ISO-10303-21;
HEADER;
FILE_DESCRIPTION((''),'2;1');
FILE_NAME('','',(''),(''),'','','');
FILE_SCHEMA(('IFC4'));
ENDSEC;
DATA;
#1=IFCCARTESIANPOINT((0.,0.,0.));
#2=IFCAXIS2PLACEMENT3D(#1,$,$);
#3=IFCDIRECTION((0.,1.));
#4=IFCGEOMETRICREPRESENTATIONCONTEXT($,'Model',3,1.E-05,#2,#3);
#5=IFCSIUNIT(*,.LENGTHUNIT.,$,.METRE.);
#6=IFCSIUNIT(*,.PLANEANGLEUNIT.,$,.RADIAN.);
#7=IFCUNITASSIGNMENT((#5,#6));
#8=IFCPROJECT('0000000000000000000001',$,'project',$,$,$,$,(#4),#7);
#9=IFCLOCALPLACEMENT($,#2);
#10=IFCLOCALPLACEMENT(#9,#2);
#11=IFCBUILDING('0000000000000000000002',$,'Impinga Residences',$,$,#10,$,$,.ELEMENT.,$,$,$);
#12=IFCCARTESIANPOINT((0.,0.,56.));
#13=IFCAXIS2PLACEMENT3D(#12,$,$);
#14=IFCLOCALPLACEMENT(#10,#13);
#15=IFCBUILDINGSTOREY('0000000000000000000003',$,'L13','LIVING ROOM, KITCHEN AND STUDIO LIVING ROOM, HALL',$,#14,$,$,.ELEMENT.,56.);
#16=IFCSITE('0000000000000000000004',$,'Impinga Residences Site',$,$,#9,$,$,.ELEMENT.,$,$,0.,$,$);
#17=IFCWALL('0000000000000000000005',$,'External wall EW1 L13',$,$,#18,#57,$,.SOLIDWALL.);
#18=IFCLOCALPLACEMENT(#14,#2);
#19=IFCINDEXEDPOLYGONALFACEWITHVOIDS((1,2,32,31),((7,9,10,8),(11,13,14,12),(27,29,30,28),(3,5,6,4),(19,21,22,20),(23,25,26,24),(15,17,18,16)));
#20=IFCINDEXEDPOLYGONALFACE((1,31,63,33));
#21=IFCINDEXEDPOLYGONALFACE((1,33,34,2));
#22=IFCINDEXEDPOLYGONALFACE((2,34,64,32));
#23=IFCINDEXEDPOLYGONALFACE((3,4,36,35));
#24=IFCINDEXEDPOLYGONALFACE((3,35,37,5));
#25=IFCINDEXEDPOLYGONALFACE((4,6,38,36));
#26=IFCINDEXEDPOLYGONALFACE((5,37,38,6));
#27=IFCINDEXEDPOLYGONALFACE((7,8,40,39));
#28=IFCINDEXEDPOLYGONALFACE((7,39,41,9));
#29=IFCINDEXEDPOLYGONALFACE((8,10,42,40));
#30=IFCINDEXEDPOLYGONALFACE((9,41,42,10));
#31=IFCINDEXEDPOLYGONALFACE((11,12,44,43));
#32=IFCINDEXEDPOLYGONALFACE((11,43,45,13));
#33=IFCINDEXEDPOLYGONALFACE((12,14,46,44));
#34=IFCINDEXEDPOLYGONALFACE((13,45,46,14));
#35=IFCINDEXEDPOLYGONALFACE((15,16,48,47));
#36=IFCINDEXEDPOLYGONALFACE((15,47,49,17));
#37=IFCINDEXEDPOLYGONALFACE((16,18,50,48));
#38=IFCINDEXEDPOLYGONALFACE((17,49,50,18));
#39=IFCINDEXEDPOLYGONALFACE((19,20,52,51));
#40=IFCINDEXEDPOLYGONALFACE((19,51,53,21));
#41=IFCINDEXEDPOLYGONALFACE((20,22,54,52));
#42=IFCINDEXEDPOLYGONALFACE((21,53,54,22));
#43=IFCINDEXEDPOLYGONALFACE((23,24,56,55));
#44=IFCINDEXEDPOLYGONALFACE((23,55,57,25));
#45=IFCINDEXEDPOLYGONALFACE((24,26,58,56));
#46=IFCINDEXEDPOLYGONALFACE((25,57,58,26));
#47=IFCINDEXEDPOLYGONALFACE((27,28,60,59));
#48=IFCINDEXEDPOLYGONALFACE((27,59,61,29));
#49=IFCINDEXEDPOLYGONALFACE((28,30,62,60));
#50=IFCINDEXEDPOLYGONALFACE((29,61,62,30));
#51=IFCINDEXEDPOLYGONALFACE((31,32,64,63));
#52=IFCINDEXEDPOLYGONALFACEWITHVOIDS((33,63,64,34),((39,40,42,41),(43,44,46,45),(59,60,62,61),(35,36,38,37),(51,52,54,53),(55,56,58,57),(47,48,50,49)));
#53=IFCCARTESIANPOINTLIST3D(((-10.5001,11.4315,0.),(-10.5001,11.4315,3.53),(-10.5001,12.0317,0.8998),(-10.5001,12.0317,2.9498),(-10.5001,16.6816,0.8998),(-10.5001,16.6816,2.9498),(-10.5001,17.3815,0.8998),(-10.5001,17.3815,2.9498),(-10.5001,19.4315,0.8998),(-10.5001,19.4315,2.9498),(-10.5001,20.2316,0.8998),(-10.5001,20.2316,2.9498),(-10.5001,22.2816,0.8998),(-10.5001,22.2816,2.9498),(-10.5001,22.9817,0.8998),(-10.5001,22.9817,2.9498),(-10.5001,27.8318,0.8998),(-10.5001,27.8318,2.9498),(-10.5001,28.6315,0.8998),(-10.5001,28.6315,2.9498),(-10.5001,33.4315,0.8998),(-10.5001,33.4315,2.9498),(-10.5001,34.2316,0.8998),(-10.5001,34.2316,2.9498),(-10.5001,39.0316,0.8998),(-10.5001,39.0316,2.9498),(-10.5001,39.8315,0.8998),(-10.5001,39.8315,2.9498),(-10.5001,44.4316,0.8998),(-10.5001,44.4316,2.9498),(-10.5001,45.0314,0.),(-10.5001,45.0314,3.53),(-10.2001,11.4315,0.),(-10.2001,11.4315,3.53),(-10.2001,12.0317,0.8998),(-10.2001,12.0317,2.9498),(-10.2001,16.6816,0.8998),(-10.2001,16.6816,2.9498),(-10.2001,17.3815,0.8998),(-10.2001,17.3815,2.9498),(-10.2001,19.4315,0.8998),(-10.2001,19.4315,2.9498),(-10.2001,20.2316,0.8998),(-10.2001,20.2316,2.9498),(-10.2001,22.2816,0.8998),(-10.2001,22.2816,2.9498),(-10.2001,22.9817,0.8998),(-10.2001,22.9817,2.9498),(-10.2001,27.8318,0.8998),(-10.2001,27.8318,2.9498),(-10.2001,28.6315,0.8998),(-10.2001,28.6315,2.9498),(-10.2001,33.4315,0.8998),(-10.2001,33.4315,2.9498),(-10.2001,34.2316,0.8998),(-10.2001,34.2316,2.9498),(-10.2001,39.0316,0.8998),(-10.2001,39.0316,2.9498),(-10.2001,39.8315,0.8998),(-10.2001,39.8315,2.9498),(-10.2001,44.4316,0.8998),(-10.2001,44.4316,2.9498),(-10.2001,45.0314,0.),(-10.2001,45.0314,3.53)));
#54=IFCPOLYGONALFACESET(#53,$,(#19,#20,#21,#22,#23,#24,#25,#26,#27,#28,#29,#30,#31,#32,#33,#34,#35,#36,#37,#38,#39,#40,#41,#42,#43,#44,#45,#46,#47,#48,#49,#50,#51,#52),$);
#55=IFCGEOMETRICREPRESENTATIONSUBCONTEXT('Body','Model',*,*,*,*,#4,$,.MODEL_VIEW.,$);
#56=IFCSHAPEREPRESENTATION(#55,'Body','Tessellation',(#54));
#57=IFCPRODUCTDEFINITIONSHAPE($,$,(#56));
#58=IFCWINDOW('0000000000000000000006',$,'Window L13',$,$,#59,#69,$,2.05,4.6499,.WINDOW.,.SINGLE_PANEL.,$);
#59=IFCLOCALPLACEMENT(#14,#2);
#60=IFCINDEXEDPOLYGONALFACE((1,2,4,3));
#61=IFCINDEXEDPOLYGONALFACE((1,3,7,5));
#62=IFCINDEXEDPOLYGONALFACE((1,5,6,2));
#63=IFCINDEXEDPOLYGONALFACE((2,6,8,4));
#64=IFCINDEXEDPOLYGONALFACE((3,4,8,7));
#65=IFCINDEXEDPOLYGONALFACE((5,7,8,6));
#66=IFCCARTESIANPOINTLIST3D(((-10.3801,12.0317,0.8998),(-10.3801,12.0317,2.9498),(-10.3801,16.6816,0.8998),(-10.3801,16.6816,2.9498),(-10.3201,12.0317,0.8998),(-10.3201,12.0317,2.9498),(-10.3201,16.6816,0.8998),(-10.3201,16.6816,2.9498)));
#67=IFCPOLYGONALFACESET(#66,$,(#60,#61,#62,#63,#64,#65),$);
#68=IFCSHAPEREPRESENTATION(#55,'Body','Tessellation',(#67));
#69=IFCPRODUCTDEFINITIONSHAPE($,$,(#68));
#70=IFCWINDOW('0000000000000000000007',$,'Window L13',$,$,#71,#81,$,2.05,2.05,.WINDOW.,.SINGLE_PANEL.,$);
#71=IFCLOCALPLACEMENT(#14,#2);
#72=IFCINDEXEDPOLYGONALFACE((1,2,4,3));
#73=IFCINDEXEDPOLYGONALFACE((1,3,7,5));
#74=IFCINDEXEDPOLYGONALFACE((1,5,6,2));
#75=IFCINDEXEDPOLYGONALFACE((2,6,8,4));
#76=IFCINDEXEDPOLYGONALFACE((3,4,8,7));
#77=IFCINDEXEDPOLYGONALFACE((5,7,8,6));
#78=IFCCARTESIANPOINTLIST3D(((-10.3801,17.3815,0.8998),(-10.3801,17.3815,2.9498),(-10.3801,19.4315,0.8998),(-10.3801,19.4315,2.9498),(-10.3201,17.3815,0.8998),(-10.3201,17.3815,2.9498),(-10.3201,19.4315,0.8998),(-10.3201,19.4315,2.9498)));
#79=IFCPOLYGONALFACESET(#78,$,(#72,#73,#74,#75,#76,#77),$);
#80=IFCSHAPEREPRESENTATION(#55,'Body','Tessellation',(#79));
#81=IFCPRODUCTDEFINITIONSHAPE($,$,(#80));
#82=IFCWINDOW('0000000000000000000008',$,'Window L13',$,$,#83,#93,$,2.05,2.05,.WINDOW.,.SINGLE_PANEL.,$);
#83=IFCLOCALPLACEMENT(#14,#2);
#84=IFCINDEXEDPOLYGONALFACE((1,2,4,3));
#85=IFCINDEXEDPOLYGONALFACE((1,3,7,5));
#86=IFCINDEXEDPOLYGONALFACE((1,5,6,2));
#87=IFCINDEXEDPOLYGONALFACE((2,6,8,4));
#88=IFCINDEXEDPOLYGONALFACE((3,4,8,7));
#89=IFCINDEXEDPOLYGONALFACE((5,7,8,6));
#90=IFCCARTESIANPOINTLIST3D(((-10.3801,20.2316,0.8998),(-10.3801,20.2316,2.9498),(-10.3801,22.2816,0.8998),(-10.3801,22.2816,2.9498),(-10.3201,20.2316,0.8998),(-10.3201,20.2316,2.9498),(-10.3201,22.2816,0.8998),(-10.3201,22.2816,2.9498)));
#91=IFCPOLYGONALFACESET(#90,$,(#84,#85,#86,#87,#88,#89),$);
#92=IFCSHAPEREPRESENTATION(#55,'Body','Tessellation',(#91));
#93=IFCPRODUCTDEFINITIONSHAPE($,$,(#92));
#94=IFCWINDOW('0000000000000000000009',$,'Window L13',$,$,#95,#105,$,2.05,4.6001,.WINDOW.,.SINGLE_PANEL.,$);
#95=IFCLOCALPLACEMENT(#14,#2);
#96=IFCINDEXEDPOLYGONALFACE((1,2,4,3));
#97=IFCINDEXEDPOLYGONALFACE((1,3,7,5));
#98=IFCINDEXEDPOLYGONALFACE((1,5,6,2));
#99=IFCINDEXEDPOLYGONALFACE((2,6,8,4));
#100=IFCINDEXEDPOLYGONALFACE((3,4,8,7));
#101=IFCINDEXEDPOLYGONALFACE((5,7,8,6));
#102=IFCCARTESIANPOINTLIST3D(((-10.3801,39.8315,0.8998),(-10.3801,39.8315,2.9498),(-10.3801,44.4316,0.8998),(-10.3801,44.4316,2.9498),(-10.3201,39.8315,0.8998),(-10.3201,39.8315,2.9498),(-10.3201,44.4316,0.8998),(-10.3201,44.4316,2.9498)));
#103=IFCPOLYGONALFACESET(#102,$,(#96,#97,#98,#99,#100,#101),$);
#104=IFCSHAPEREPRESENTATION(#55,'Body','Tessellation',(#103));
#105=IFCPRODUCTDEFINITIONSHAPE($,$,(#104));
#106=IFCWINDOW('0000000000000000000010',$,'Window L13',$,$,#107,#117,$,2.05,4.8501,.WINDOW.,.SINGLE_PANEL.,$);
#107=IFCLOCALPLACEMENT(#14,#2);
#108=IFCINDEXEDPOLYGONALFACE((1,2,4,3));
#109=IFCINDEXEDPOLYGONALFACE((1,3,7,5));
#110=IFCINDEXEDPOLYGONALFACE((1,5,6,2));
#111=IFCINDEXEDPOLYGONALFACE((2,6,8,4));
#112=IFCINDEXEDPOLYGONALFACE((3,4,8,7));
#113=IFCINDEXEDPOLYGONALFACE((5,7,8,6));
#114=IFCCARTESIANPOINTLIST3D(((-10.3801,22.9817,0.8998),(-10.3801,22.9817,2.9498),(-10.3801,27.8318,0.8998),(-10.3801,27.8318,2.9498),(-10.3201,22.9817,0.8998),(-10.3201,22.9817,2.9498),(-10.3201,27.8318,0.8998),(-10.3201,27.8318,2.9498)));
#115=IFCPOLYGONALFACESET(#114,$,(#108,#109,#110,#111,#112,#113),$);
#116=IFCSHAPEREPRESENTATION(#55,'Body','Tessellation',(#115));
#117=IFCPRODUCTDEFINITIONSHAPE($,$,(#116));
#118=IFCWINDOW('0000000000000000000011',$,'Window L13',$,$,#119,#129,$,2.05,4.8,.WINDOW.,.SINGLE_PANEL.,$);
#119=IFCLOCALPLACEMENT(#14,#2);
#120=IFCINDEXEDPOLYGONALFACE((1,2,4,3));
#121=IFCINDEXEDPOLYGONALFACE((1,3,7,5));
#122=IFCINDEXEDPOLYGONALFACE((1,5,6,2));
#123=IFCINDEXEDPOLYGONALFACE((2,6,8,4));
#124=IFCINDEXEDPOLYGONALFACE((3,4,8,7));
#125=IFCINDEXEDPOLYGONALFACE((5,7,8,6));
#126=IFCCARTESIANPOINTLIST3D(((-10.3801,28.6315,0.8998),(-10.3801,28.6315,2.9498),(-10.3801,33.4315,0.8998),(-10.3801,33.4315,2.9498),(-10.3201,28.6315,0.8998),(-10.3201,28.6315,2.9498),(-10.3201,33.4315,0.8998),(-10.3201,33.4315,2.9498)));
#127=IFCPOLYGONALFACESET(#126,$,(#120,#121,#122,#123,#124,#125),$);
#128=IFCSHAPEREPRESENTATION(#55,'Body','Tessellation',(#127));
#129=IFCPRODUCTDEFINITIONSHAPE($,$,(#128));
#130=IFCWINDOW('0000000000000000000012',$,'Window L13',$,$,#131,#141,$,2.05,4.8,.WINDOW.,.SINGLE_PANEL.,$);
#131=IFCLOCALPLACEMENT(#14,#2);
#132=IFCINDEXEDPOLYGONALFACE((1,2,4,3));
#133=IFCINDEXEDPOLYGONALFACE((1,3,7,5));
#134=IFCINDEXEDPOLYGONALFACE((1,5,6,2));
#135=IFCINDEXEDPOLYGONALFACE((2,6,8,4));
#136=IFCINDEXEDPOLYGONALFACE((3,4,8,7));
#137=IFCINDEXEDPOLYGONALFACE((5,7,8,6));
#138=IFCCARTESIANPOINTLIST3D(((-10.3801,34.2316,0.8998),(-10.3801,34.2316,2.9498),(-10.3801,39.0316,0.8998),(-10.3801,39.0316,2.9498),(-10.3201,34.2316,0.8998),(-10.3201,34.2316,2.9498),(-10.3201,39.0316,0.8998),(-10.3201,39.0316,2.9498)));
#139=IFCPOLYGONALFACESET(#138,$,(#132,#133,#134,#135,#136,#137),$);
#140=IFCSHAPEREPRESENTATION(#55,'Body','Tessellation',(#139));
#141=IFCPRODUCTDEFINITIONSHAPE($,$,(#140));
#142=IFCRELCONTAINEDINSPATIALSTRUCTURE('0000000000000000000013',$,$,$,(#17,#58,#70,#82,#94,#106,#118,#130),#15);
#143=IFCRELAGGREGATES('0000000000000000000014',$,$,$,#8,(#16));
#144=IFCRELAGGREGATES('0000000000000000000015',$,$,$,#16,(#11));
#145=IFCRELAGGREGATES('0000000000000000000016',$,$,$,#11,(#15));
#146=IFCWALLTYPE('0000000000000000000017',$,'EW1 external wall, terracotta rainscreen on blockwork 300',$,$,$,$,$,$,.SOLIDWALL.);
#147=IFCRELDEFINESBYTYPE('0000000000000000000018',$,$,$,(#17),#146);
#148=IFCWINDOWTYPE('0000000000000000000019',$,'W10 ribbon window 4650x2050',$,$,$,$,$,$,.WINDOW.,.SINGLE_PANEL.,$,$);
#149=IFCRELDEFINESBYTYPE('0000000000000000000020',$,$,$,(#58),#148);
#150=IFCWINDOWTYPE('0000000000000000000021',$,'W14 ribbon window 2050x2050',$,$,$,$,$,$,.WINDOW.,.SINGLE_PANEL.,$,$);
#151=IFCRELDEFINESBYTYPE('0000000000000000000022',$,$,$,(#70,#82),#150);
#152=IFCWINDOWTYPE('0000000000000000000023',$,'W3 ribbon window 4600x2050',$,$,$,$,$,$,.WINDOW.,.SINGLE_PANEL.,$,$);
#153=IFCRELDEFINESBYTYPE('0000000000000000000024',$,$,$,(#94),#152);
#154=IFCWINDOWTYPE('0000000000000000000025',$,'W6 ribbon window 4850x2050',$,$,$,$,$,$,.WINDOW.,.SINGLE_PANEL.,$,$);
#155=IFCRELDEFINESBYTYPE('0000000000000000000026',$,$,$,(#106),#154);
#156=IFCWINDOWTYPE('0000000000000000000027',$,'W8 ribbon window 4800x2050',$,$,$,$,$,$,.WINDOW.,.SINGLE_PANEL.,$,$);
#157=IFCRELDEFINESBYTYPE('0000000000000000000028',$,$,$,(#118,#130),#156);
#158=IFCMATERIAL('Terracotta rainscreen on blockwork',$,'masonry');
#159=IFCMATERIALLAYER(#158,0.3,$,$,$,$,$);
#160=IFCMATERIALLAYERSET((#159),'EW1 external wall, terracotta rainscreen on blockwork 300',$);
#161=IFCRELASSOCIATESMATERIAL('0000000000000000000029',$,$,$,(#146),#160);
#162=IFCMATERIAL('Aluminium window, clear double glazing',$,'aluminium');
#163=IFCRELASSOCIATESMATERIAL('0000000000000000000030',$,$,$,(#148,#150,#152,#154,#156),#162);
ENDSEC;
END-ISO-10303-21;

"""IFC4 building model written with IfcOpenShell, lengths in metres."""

from ifc_helpers import new_model, si_unit, direction, frame, frame_2d, origin, place, context, subcontext, project, spatial, rectangle, extrude, material, layer, layer_set, type_object, element, fill, save


model = new_model("IFC4")

# Units and contexts
model_context = context("Model", 3, precision=1e-05, world=origin(), true_north=direction((0.0, 1.0)))
body_context = subcontext(model_context, "Body", "Model", "MODEL_VIEW")
ifc_project = project(units=[si_unit("LENGTHUNIT", "METRE"), si_unit("PLANEANGLEUNIT", "RADIAN")], contexts=[model_context])

# Site, building, storey
site_placement = place(None, origin())
site = spatial("IfcSite", under=ifc_project, at=site_placement, Name="Impinga Residences Site", CompositionType="ELEMENT", RefElevation=0.0)
building_placement = place(site_placement, origin())
building = spatial("IfcBuilding", under=site, at=building_placement, Name="Impinga Residences", CompositionType="ELEMENT")
storey_placement = place(building_placement, frame((0.0, 0.0, 56.0)))
storey = spatial("IfcBuildingStorey", under=building, at=storey_placement, Name="L13", Description="LIVING ROOM, KITCHEN AND STUDIO LIVING ROOM, HALL", CompositionType="ELEMENT", Elevation=56.0)

# Shared definitions
ifc_material_1 = material(Name="Terracotta rainscreen on blockwork", Category="masonry")
ifc_layer_1 = layer(ifc_material_1, 0.3)
ifc_layer_set_1 = layer_set([ifc_layer_1], Name="EW1 external wall, terracotta rainscreen on blockwork 300")
wall_type_1 = type_object("IfcWallType", Name="EW1 external wall, terracotta rainscreen on blockwork 300", PredefinedType="SOLIDWALL", material=ifc_layer_set_1)

# Wall, openings, windows
wall_1_placement = place(storey_placement, frame((-10.3501, 11.4316, 0.0), z_axis=(0.0, 0.0, 1.0), x_axis=(0.0, 1.0, 0.0)))
wall_1 = element("IfcWall", 1, at=wall_1_placement, inside=storey, type_object=wall_type_1, Name="External wall EW1 L13", PredefinedType="SOLIDWALL", context=body_context, shape_type="SweptSolid", body=[
    extrude(rectangle(XDim=33.5999, YDim=0.3, at=frame_2d((16.7998, 0.0))), origin(), (0.0, 0.0, 1.0), 3.53),
])
opening_1_placement = place(wall_1_placement, frame((0.6001, 0.0, 0.8999)))
opening_1 = element("IfcOpeningElement", 2, at=opening_1_placement, cuts=wall_1, PredefinedType="OPENING", context=body_context, shape_type="SweptSolid", body=[
    extrude(rectangle(XDim=4.6499, YDim=2.05, at=frame_2d((2.325, 1.0249))), frame((0.0, 0.1599, 0.0), z_axis=(0.0, -1.0, 0.0), x_axis=(1.0, 0.0, 0.0)), (0.0, 0.0, 1.0), 0.3201),
])
opening_2_placement = place(wall_1_placement, frame((5.95, 0.0, 0.8999)))
opening_2 = element("IfcOpeningElement", 3, at=opening_2_placement, cuts=wall_1, PredefinedType="OPENING", context=body_context, shape_type="SweptSolid", body=[
    extrude(rectangle(XDim=2.05, YDim=2.05, at=frame_2d((1.0249, 1.0249))), frame((0.0, 0.1599, 0.0), z_axis=(0.0, -1.0, 0.0), x_axis=(1.0, 0.0, 0.0)), (0.0, 0.0, 1.0), 0.3201),
])
opening_3_placement = place(wall_1_placement, frame((8.8, 0.0, 0.8999)))
opening_3 = element("IfcOpeningElement", 4, at=opening_3_placement, cuts=wall_1, PredefinedType="OPENING", context=body_context, shape_type="SweptSolid", body=[
    extrude(rectangle(XDim=2.05, YDim=2.05, at=frame_2d((1.0249, 1.0249))), frame((0.0, 0.1599, 0.0), z_axis=(0.0, -1.0, 0.0), x_axis=(1.0, 0.0, 0.0)), (0.0, 0.0, 1.0), 0.3201),
])
opening_4_placement = place(wall_1_placement, frame((11.55, 0.0, 0.8999)))
opening_4 = element("IfcOpeningElement", 5, at=opening_4_placement, cuts=wall_1, PredefinedType="OPENING", context=body_context, shape_type="SweptSolid", body=[
    extrude(rectangle(XDim=4.8501, YDim=2.05, at=frame_2d((2.425, 1.0249))), frame((0.0, 0.1599, 0.0), z_axis=(0.0, -1.0, 0.0), x_axis=(1.0, 0.0, 0.0)), (0.0, 0.0, 1.0), 0.3201),
])
opening_5_placement = place(wall_1_placement, frame((17.2, 0.0, 0.8999)))
opening_5 = element("IfcOpeningElement", 6, at=opening_5_placement, cuts=wall_1, PredefinedType="OPENING", context=body_context, shape_type="SweptSolid", body=[
    extrude(rectangle(XDim=4.8, YDim=2.05, at=frame_2d((2.3999, 1.0249))), frame((0.0, 0.1599, 0.0), z_axis=(0.0, -1.0, 0.0), x_axis=(1.0, 0.0, 0.0)), (0.0, 0.0, 1.0), 0.3201),
])
opening_6_placement = place(wall_1_placement, frame((22.8, 0.0, 0.8999)))
opening_6 = element("IfcOpeningElement", 7, at=opening_6_placement, cuts=wall_1, PredefinedType="OPENING", context=body_context, shape_type="SweptSolid", body=[
    extrude(rectangle(XDim=4.8, YDim=2.05, at=frame_2d((2.3999, 1.0249))), frame((0.0, 0.1599, 0.0), z_axis=(0.0, -1.0, 0.0), x_axis=(1.0, 0.0, 0.0)), (0.0, 0.0, 1.0), 0.3201),
])
opening_7_placement = place(wall_1_placement, frame((28.3999, 0.0, 0.8999)))
opening_7 = element("IfcOpeningElement", 8, at=opening_7_placement, cuts=wall_1, PredefinedType="OPENING", context=body_context, shape_type="SweptSolid", body=[
    extrude(rectangle(XDim=4.6001, YDim=2.05, at=frame_2d((2.3, 1.0249))), frame((0.0, 0.1599, 0.0), z_axis=(0.0, -1.0, 0.0), x_axis=(1.0, 0.0, 0.0)), (0.0, 0.0, 1.0), 0.3201),
])
ifc_material_2 = material(Name="Aluminium window, clear double glazing", Category="aluminium")
window_type_1 = type_object("IfcWindowType", Name="W10 ribbon window 4650x2050", PartitioningType="SINGLE_PANEL", PredefinedType="WINDOW", material=ifc_material_2)
window_1_placement = place(opening_1_placement, origin())
window_1 = element("IfcWindow", 9, at=window_1_placement, inside=storey, type_object=window_type_1, Name="Window L13", OverallHeight=2.05, OverallWidth=4.6499, PartitioningType="SINGLE_PANEL", PredefinedType="WINDOW", context=body_context, shape_type="SweptSolid", body=[
    extrude(rectangle(XDim=4.6499, YDim=2.05, at=frame_2d((2.325, 1.0249))), frame((0.0, 0.03, 0.0), z_axis=(0.0, -1.0, 0.0), x_axis=(1.0, 0.0, 0.0)), (0.0, 0.0, 1.0), 0.0601),
])
fill(opening_1, window_1)
window_type_2 = type_object("IfcWindowType", Name="W14 ribbon window 2050x2050", PartitioningType="SINGLE_PANEL", PredefinedType="WINDOW", material=ifc_material_2)
window_2_placement = place(opening_2_placement, origin())
window_2 = element("IfcWindow", 10, at=window_2_placement, inside=storey, type_object=window_type_2, Name="Window L13", OverallHeight=2.05, OverallWidth=2.05, PartitioningType="SINGLE_PANEL", PredefinedType="WINDOW", context=body_context, shape_type="SweptSolid", body=[
    extrude(rectangle(XDim=2.05, YDim=2.05, at=frame_2d((1.0249, 1.0249))), frame((0.0, 0.03, 0.0), z_axis=(0.0, -1.0, 0.0), x_axis=(1.0, 0.0, 0.0)), (0.0, 0.0, 1.0), 0.0601),
])
fill(opening_2, window_2)
window_3_placement = place(opening_3_placement, origin())
window_3 = element("IfcWindow", 11, at=window_3_placement, inside=storey, type_object=window_type_2, Name="Window L13", OverallHeight=2.05, OverallWidth=2.05, PartitioningType="SINGLE_PANEL", PredefinedType="WINDOW", context=body_context, shape_type="SweptSolid", body=[
    extrude(rectangle(XDim=2.05, YDim=2.05, at=frame_2d((1.0249, 1.0249))), frame((0.0, 0.03, 0.0), z_axis=(0.0, -1.0, 0.0), x_axis=(1.0, 0.0, 0.0)), (0.0, 0.0, 1.0), 0.0601),
])
fill(opening_3, window_3)
window_type_3 = type_object("IfcWindowType", Name="W3 ribbon window 4600x2050", PartitioningType="SINGLE_PANEL", PredefinedType="WINDOW", material=ifc_material_2)
window_4_placement = place(opening_7_placement, origin())
window_4 = element("IfcWindow", 12, at=window_4_placement, inside=storey, type_object=window_type_3, Name="Window L13", OverallHeight=2.05, OverallWidth=4.6001, PartitioningType="SINGLE_PANEL", PredefinedType="WINDOW", context=body_context, shape_type="SweptSolid", body=[
    extrude(rectangle(XDim=4.6001, YDim=2.05, at=frame_2d((2.3, 1.0249))), frame((0.0, 0.03, 0.0), z_axis=(0.0, -1.0, 0.0), x_axis=(1.0, 0.0, 0.0)), (0.0, 0.0, 1.0), 0.0601),
])
fill(opening_7, window_4)
window_type_4 = type_object("IfcWindowType", Name="W6 ribbon window 4850x2050", PartitioningType="SINGLE_PANEL", PredefinedType="WINDOW", material=ifc_material_2)
window_5_placement = place(opening_4_placement, origin())
window_5 = element("IfcWindow", 13, at=window_5_placement, inside=storey, type_object=window_type_4, Name="Window L13", OverallHeight=2.05, OverallWidth=4.8501, PartitioningType="SINGLE_PANEL", PredefinedType="WINDOW", context=body_context, shape_type="SweptSolid", body=[
    extrude(rectangle(XDim=4.8501, YDim=2.05, at=frame_2d((2.425, 1.0249))), frame((0.0, 0.03, 0.0), z_axis=(0.0, -1.0, 0.0), x_axis=(1.0, 0.0, 0.0)), (0.0, 0.0, 1.0), 0.0601),
])
fill(opening_4, window_5)
window_type_5 = type_object("IfcWindowType", Name="W8 ribbon window 4800x2050", PartitioningType="SINGLE_PANEL", PredefinedType="WINDOW", material=ifc_material_2)
window_6_placement = place(opening_5_placement, origin())
window_6 = element("IfcWindow", 14, at=window_6_placement, inside=storey, type_object=window_type_5, Name="Window L13", OverallHeight=2.05, OverallWidth=4.8, PartitioningType="SINGLE_PANEL", PredefinedType="WINDOW", context=body_context, shape_type="SweptSolid", body=[
    extrude(rectangle(XDim=4.8, YDim=2.05, at=frame_2d((2.3999, 1.0249))), frame((0.0, 0.03, 0.0), z_axis=(0.0, -1.0, 0.0), x_axis=(1.0, 0.0, 0.0)), (0.0, 0.0, 1.0), 0.0601),
])
fill(opening_5, window_6)
window_7_placement = place(opening_6_placement, origin())
window_7 = element("IfcWindow", 15, at=window_7_placement, inside=storey, type_object=window_type_5, Name="Window L13", OverallHeight=2.05, OverallWidth=4.8, PartitioningType="SINGLE_PANEL", PredefinedType="WINDOW", context=body_context, shape_type="SweptSolid", body=[
    extrude(rectangle(XDim=4.8, YDim=2.05, at=frame_2d((2.3999, 1.0249))), frame((0.0, 0.03, 0.0), z_axis=(0.0, -1.0, 0.0), x_axis=(1.0, 0.0, 0.0)), (0.0, 0.0, 1.0), 0.0601),
])
fill(opening_6, window_7)

save(model, "model.ifc")
